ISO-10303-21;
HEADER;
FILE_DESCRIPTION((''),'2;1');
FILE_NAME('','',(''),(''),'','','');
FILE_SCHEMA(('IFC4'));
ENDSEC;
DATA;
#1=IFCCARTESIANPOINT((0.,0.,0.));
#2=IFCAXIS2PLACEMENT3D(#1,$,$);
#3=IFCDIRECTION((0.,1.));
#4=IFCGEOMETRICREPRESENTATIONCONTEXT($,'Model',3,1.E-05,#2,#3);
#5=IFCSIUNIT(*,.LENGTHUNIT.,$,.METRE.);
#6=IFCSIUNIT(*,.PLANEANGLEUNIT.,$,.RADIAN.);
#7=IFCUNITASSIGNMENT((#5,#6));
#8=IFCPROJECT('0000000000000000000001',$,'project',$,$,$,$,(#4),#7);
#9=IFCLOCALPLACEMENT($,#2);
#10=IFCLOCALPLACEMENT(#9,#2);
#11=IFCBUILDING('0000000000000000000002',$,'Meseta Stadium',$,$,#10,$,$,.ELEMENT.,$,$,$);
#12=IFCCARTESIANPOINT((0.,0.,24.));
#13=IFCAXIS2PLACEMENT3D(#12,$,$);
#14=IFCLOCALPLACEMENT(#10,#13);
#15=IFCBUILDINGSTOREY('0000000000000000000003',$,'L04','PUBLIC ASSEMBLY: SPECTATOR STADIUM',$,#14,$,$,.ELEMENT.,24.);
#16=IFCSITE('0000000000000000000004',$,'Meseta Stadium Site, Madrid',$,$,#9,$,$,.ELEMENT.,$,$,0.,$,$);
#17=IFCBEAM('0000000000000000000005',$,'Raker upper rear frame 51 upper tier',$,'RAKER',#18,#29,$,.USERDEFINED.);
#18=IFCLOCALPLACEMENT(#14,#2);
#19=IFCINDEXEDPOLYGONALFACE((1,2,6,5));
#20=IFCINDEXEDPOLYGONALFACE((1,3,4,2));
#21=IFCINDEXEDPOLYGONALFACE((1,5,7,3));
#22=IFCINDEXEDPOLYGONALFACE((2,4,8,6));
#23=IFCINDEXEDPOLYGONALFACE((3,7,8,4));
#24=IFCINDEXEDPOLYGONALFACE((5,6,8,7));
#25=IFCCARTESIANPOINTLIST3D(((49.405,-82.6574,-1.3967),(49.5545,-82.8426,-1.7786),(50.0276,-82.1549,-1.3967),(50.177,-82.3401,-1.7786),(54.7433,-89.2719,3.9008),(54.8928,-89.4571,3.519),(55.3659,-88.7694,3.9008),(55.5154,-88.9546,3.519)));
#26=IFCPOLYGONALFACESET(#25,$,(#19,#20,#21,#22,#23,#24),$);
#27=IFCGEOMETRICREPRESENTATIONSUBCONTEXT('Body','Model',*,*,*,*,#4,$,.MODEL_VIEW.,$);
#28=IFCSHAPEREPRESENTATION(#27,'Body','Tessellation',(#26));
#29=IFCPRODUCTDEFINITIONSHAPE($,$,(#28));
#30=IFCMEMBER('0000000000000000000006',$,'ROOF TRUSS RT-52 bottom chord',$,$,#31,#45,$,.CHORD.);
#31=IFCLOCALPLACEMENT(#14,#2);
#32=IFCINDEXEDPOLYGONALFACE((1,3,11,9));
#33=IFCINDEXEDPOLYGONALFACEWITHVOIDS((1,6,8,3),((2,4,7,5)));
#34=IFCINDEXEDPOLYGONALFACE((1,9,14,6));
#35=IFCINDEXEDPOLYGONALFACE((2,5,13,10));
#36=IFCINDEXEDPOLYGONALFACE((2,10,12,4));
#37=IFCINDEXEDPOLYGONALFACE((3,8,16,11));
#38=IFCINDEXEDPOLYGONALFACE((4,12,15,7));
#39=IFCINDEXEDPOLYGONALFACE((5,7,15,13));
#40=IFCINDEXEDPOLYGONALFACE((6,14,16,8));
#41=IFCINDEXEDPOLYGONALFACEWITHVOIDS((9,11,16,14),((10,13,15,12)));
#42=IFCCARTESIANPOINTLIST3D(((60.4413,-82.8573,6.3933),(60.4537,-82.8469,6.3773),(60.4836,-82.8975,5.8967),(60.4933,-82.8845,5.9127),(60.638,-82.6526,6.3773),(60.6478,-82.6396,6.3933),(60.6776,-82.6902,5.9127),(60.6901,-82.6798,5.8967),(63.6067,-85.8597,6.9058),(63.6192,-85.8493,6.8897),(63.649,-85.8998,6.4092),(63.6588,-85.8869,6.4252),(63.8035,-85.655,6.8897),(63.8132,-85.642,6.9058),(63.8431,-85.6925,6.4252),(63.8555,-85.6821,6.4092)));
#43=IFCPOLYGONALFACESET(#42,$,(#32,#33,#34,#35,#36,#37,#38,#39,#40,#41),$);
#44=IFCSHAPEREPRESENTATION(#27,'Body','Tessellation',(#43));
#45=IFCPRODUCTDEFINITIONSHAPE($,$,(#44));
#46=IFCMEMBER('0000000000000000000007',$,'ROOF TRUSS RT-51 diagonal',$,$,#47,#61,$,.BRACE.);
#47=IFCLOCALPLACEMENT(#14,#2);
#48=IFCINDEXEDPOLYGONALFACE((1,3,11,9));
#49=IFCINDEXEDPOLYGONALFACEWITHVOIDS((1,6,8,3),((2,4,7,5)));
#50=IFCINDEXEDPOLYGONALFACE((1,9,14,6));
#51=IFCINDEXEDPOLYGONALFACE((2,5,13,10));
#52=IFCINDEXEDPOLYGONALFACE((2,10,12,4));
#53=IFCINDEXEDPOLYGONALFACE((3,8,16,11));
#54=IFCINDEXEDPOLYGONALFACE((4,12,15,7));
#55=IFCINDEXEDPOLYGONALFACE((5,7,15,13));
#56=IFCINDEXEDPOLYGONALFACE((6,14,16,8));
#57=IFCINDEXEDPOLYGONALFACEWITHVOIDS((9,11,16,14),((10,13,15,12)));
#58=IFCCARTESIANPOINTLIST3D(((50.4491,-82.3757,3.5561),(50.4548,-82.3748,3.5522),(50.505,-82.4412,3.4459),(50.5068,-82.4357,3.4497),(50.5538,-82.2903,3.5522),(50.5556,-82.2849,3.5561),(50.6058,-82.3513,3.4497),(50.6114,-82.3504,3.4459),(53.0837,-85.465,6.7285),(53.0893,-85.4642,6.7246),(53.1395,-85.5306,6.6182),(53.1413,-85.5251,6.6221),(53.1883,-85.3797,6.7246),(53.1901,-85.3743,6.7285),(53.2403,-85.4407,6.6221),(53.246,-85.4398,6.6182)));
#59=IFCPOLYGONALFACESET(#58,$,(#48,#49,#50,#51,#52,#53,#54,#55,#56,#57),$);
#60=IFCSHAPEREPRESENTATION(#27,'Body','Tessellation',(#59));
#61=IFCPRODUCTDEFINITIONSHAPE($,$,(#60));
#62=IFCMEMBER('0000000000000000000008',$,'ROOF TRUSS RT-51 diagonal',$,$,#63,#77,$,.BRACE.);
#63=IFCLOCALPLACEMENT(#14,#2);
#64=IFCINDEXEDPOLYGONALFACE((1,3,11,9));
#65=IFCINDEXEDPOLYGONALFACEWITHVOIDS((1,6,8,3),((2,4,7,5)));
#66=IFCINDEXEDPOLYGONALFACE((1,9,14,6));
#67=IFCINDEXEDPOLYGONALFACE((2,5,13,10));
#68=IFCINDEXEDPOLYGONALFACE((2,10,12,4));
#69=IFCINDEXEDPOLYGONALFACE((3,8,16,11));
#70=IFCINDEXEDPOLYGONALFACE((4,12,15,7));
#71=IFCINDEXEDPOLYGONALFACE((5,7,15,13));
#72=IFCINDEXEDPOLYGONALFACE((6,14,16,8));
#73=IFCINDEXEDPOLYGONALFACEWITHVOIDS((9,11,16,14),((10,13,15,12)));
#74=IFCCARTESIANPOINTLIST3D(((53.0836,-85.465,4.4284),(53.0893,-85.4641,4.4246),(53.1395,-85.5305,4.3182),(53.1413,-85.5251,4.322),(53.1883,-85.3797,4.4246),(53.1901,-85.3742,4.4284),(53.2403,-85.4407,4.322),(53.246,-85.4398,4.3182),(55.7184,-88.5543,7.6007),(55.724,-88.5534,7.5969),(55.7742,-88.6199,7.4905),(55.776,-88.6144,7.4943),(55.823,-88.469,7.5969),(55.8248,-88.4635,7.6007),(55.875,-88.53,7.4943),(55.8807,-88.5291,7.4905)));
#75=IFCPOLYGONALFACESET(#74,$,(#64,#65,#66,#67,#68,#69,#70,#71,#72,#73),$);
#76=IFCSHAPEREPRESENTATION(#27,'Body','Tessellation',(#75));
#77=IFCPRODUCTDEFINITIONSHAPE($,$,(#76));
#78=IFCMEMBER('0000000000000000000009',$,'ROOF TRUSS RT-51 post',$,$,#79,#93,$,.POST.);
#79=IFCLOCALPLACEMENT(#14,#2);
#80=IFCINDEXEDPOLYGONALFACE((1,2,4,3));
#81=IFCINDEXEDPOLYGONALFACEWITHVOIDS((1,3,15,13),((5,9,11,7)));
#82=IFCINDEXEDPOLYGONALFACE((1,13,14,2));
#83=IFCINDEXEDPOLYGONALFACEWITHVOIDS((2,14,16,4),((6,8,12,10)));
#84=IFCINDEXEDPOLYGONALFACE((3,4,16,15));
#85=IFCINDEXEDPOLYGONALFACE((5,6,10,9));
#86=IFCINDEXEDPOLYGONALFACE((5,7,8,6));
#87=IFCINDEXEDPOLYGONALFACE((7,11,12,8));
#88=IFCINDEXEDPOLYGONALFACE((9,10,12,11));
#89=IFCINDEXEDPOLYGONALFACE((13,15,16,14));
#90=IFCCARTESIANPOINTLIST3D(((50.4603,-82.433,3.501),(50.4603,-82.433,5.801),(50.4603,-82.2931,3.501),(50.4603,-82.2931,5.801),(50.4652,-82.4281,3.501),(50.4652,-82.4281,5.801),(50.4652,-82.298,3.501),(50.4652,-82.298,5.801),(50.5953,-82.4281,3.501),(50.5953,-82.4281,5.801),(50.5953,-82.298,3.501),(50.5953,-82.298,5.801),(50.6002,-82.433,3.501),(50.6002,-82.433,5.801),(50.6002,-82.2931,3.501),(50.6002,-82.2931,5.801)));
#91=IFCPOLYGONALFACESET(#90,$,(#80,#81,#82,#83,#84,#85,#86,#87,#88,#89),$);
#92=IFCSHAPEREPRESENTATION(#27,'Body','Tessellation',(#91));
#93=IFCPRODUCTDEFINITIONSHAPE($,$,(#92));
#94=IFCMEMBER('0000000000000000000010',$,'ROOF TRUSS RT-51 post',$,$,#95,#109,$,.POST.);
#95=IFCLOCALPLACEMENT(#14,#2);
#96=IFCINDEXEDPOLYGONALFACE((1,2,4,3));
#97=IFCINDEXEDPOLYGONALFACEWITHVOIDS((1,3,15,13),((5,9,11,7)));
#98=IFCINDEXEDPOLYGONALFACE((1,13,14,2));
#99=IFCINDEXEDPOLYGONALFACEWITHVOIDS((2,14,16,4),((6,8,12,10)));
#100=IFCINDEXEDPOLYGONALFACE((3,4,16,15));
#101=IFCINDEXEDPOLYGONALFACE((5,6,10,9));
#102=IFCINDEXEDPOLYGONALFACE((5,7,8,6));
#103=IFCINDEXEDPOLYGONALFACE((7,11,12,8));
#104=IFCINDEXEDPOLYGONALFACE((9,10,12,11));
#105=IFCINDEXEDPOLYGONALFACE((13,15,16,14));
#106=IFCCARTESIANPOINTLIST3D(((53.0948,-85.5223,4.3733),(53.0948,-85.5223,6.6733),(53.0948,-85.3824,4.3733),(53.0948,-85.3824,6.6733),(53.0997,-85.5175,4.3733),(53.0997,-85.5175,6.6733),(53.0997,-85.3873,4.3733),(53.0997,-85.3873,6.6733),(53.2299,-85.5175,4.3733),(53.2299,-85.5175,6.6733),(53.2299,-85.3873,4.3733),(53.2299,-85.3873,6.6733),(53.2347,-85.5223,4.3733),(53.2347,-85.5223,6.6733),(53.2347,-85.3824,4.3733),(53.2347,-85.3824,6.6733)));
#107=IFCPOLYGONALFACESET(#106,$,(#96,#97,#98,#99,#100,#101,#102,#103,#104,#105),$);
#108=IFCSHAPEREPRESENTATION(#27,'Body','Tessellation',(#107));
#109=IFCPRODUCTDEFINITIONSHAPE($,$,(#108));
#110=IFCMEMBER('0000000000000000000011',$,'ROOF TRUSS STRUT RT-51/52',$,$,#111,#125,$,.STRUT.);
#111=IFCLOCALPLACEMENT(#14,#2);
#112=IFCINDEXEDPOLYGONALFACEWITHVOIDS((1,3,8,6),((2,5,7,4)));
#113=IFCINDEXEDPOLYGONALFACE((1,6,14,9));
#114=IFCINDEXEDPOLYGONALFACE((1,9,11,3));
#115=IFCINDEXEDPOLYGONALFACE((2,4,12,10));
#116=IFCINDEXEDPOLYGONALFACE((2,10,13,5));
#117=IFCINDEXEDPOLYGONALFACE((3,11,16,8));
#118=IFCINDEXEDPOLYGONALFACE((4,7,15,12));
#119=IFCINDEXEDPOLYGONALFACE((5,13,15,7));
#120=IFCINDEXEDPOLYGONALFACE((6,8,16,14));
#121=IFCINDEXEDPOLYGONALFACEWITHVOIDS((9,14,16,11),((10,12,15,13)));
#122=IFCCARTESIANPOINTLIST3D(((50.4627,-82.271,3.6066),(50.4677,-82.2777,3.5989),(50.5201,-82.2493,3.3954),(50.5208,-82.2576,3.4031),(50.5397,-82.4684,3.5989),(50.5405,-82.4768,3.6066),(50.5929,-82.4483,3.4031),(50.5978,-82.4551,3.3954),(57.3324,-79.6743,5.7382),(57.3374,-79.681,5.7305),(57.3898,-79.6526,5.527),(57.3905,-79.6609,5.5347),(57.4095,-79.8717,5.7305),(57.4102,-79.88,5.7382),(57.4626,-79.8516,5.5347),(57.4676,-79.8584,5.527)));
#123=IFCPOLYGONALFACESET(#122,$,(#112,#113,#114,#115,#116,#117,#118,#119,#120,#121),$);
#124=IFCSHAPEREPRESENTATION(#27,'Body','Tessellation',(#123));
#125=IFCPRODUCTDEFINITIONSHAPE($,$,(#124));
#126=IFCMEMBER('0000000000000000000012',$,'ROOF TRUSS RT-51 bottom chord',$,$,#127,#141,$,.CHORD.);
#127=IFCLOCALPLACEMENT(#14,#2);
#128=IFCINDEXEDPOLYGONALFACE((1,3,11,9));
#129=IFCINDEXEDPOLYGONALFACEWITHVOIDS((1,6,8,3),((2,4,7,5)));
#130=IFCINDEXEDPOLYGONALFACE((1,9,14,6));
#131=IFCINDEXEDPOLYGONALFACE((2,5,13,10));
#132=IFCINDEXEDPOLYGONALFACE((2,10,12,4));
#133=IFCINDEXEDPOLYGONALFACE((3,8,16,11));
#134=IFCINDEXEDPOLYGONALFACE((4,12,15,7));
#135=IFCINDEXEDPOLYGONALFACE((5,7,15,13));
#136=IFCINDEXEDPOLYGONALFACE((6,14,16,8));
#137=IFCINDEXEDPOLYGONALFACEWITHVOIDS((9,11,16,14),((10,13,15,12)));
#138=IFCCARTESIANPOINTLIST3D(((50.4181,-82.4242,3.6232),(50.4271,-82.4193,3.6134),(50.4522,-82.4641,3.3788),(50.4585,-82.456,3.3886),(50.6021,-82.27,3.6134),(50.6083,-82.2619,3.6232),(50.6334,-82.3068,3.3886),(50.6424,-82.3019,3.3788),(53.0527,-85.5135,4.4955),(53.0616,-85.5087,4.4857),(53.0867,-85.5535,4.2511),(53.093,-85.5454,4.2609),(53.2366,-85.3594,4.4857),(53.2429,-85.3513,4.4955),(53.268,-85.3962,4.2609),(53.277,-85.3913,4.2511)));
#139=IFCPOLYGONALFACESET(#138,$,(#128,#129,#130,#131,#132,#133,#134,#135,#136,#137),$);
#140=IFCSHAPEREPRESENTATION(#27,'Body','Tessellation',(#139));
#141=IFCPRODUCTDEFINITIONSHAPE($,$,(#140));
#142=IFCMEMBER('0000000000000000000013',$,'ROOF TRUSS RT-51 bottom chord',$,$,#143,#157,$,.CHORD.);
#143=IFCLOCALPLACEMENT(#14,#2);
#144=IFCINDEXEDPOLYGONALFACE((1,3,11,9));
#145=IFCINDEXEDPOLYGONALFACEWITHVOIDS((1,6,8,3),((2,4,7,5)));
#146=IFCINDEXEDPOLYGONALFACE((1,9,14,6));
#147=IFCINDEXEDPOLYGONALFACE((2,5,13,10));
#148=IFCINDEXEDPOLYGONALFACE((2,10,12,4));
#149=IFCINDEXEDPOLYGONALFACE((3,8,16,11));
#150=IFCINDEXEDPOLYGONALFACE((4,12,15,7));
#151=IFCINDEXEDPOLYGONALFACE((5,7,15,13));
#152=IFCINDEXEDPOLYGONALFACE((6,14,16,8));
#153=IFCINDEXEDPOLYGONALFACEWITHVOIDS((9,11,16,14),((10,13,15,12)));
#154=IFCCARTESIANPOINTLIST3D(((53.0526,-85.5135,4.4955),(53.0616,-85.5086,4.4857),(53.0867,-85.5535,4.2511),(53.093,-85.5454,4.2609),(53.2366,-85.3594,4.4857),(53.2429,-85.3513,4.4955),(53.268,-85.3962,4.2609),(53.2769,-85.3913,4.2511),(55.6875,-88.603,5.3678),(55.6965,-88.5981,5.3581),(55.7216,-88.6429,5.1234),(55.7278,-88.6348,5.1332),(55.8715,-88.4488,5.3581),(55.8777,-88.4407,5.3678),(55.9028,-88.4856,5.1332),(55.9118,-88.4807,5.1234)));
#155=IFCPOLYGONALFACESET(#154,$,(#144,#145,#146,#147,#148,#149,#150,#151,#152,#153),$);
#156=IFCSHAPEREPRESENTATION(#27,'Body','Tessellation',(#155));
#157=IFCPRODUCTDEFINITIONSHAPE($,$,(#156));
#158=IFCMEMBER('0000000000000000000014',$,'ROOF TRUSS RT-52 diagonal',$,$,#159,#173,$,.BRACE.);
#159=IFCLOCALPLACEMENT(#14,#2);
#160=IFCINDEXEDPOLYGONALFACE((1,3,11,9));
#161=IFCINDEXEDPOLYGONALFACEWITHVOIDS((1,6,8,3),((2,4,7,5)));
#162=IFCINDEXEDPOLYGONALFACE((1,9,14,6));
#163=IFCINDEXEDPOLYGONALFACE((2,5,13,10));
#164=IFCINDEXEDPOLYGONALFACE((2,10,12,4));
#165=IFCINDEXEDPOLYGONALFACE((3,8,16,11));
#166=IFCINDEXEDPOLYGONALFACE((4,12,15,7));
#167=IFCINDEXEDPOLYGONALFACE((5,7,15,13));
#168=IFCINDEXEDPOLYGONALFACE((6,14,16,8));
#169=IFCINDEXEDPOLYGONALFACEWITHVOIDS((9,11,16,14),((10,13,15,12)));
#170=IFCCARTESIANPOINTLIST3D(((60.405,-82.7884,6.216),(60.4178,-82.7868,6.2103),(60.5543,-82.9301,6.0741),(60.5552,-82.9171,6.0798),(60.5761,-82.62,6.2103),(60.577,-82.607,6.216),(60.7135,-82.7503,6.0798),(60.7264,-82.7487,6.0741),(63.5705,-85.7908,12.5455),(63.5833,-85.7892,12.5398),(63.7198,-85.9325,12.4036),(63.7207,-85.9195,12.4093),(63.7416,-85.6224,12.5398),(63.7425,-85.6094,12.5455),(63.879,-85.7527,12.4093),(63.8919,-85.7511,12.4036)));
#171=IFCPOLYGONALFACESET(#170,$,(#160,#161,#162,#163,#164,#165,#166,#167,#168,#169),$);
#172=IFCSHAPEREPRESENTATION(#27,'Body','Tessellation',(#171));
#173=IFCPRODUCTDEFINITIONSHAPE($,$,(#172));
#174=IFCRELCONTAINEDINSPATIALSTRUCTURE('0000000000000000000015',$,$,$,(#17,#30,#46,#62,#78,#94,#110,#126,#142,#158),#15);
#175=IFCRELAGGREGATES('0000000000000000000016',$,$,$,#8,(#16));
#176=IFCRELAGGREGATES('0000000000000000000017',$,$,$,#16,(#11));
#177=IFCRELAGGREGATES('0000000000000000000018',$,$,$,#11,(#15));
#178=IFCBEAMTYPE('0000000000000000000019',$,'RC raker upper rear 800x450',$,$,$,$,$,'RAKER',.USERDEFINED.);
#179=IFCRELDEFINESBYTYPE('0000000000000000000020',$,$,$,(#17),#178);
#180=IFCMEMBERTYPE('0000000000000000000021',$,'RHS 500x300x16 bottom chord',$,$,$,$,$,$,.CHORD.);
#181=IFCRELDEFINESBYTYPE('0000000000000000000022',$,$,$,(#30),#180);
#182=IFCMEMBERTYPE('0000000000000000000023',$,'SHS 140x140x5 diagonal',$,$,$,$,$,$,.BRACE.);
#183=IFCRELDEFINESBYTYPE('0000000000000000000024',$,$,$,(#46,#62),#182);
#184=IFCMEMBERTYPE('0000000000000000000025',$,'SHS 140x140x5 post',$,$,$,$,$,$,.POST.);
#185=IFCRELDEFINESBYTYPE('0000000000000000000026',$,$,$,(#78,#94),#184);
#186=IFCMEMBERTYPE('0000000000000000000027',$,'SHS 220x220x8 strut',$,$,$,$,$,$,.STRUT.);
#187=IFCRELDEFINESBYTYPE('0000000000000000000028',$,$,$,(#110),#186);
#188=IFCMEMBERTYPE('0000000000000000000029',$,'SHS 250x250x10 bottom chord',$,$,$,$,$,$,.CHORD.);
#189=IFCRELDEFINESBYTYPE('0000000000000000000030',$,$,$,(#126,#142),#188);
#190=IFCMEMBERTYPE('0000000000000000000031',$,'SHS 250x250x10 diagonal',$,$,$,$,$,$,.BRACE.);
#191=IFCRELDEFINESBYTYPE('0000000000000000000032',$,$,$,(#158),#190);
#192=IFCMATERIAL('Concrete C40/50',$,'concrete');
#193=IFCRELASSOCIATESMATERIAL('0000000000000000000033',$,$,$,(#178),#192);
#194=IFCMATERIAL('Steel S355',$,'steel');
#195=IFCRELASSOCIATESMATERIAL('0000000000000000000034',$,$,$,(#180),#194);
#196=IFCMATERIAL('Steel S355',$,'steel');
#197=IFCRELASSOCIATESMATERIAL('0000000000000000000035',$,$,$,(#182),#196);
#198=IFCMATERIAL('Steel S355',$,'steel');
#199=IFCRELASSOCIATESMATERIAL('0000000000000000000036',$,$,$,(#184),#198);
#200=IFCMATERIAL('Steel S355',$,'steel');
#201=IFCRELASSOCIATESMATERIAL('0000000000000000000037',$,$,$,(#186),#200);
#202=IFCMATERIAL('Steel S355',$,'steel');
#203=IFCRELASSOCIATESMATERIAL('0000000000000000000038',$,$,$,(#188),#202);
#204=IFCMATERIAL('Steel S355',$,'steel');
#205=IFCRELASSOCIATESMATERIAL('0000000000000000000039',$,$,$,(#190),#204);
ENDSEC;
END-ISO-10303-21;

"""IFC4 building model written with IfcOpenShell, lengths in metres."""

from ifc_helpers import new_model, si_unit, direction, frame, origin, origin_2d, place, context, subcontext, project, spatial, rectangle, hollow_rectangle, extrude, material, material_profile, profile_set, type_object, element, save


model = new_model("IFC4")

# Units and contexts
model_context = context("Model", 3, precision=1e-05, world=origin(), true_north=direction((0.0, 1.0)))
body_context = subcontext(model_context, "Body", "Model", "MODEL_VIEW")
ifc_project = project(units=[si_unit("LENGTHUNIT", "METRE"), si_unit("PLANEANGLEUNIT", "RADIAN")], contexts=[model_context])

# Site, building, storey
site_placement = place(None, origin())
site = spatial("IfcSite", under=ifc_project, at=site_placement, Name="Meseta Stadium Site, Madrid", CompositionType="ELEMENT", RefElevation=0.0)
building_placement = place(site_placement, origin())
building = spatial("IfcBuilding", under=site, at=building_placement, Name="Meseta Stadium", CompositionType="ELEMENT")
storey_placement = place(building_placement, frame((0.0, 0.0, 24.0)))
storey = spatial("IfcBuildingStorey", under=building, at=storey_placement, Name="L04", Description="PUBLIC ASSEMBLY: SPECTATOR STADIUM", CompositionType="ELEMENT", Elevation=24.0)

# Beam
ifc_material_1 = material(Name="Concrete C40/50", Category="concrete")
ifc_material_profile_1 = material_profile(ifc_material_1, rectangle(XDim=0.8, YDim=0.45, at=origin_2d()), Name="RC 800x450")
ifc_profile_set_1 = profile_set([ifc_material_profile_1], Name="Concrete C40/50")
beam_type = type_object("IfcBeamType", Name="RC raker upper rear 800x450", ElementType="RAKER", PredefinedType="USERDEFINED", material=ifc_profile_set_1)
beam_placement = place(storey_placement, frame((49.791, -82.4988, -1.5876), z_axis=(0.533, -0.660412, 0.528929), x_axis=(0.778177, 0.628045, 0.0)))
element("IfcBeam", 1, at=beam_placement, inside=storey, type_object=beam_type, Name="Raker upper rear frame 51 upper tier", ObjectType="RAKER", PredefinedType="USERDEFINED", context=body_context, shape_type="SweptSolid", body=[
    extrude(rectangle(XDim=0.8, YDim=0.45, at=origin_2d()), origin(), (0.0, 0.0, 1.0), 10.0156),
])

# Members
ifc_material_2 = material(Name="Steel S355", Category="steel")
ifc_material_profile_2 = material_profile(ifc_material_2, hollow_rectangle(XDim=0.3, YDim=0.5, WallThickness=0.0161, at=origin_2d()), Name="RHS 500x300x16")
ifc_profile_set_2 = profile_set([ifc_material_profile_2], Name="Steel S355")
member_type_1 = type_object("IfcMemberType", Name="RHS 500x300x16 bottom chord", PredefinedType="CHORD", material=ifc_profile_set_2)
member_1_placement = place(storey_placement, frame((60.5657, -82.7686, 6.145), z_axis=(0.720596, -0.683471, 0.116654), x_axis=(0.68817, 0.72555, 0.0)))
element("IfcMember", 2, at=member_1_placement, inside=storey, type_object=member_type_1, Name="ROOF TRUSS RT-52 bottom chord", PredefinedType="CHORD", context=body_context, shape_type="SweptSolid", body=[
    extrude(hollow_rectangle(XDim=0.3, YDim=0.5, WallThickness=0.0161, at=origin_2d()), origin(), (0.0, 0.0, 1.0), 4.3928),
])
ifc_material_3 = material(Name="Steel S355", Category="steel")
ifc_material_profile_3 = material_profile(ifc_material_3, hollow_rectangle(XDim=0.1399, YDim=0.1399, WallThickness=0.0049, at=origin_2d()), Name="SHS 140x140x5")
ifc_profile_set_3 = profile_set([ifc_material_profile_3], Name="Steel S355")
member_type_2 = type_object("IfcMemberType", Name="SHS 140x140x5 diagonal", PredefinedType="BRACE", material=ifc_profile_set_3)
for number, where, z_axis, x_axis, name in (
    (3, (50.5303, -82.363, 3.501), (0.511305, -0.599579, 0.615689), (0.760897, 0.648873, 0.0), "ROOF TRUSS RT-51 diagonal"),
    (4, (53.1648, -85.4524, 4.3733), (0.51134, -0.599564, 0.615674), (0.760867, 0.648908, 0.0), "ROOF TRUSS RT-51 diagonal"),
):
    element("IfcMember", number, at=place(storey_placement, frame(where, z_axis=z_axis, x_axis=x_axis)), inside=storey, type_object=member_type_2, Name=name, PredefinedType="BRACE", context=body_context, shape_type="SweptSolid", body=[
        extrude(hollow_rectangle(XDim=0.1399, YDim=0.1399, WallThickness=0.0049, at=origin_2d()), origin(), (0.0, 0.0, 1.0), 5.1526),
    ])
ifc_material_4 = material(Name="Steel S355", Category="steel")
ifc_material_profile_4 = material_profile(ifc_material_4, hollow_rectangle(XDim=0.1399, YDim=0.1399, WallThickness=0.0049, at=origin_2d()), Name="SHS 140x140x5")
ifc_profile_set_4 = profile_set([ifc_material_profile_4], Name="Steel S355")
member_type_3 = type_object("IfcMemberType", Name="SHS 140x140x5 post", PredefinedType="POST", material=ifc_profile_set_4)
for number, where, z_axis, x_axis, name in (
    (5, (50.5303, -82.363, 3.501), (0.0, 0.0, 1.0), (1.0, 0.0, 0.0), "ROOF TRUSS RT-51 post"),
    (6, (53.1648, -85.4524, 4.3733), (0.0, 0.0, 1.0), (1.0, 0.0, 0.0), "ROOF TRUSS RT-51 post"),
):
    element("IfcMember", number, at=place(storey_placement, frame(where, z_axis=z_axis, x_axis=x_axis)), inside=storey, type_object=member_type_3, Name=name, PredefinedType="POST", context=body_context, shape_type="SweptSolid", body=[
        extrude(hollow_rectangle(XDim=0.1399, YDim=0.1399, WallThickness=0.0049, at=origin_2d()), origin(), (0.0, 0.0, 1.0), 2.3),
    ])
ifc_material_5 = material(Name="Steel S355", Category="steel")
ifc_material_profile_5 = material_profile(ifc_material_5, hollow_rectangle(XDim=0.22, YDim=0.22, WallThickness=0.0081, at=origin_2d()), Name="SHS 220x220x8")
ifc_profile_set_5 = profile_set([ifc_material_profile_5], Name="Steel S355")
member_type_4 = type_object("IfcMemberType", Name="SHS 220x220x8 strut", PredefinedType="STRUT", material=ifc_profile_set_5)
member_2_placement = place(storey_placement, frame((50.5303, -82.363, 3.501), z_axis=(0.898331, 0.339564, 0.278745), x_axis=(-0.353578, 0.935405, 0.0)))
element("IfcMember", 7, at=member_2_placement, inside=storey, type_object=member_type_4, Name="ROOF TRUSS STRUT RT-51/52", PredefinedType="STRUT", context=body_context, shape_type="SweptSolid", body=[
    extrude(hollow_rectangle(XDim=0.22, YDim=0.22, WallThickness=0.0081, at=origin_2d()), origin(), (0.0, 0.0, 1.0), 7.6472),
])
ifc_material_6 = material(Name="Steel S355", Category="steel")
ifc_material_profile_6 = material_profile(ifc_material_6, hollow_rectangle(XDim=0.25, YDim=0.25, WallThickness=0.01, at=origin_2d()), Name="SHS 250x250x10")
ifc_profile_set_6 = profile_set([ifc_material_profile_6], Name="Steel S355")
member_type_5 = type_object("IfcMemberType", Name="SHS 250x250x10 bottom chord", PredefinedType="CHORD", material=ifc_profile_set_6)
member_3_placement = place(storey_placement, frame((50.5303, -82.363, 3.501), z_axis=(0.634396, -0.743921, 0.210054), x_axis=(0.760897, 0.648873, 0.0)))
element("IfcMember", 8, at=member_3_placement, inside=storey, type_object=member_type_5, Name="ROOF TRUSS RT-51 bottom chord", PredefinedType="CHORD", context=body_context, shape_type="SweptSolid", body=[
    extrude(hollow_rectangle(XDim=0.25, YDim=0.25, WallThickness=0.01, at=origin_2d()), origin(), (0.0, 0.0, 1.0), 4.1528),
])
member_4_placement = place(storey_placement, frame((53.1648, -85.4524, 4.3733), z_axis=(0.634431, -0.743893, 0.210047), x_axis=(0.760867, 0.648908, 0.0)))
element("IfcMember", 9, at=member_4_placement, inside=storey, type_object=member_type_5, Name="ROOF TRUSS RT-51 bottom chord", PredefinedType="CHORD", context=body_context, shape_type="SweptSolid", body=[
    extrude(hollow_rectangle(XDim=0.25, YDim=0.25, WallThickness=0.01, at=origin_2d()), origin(), (0.0, 0.0, 1.0), 4.1531),
])
ifc_material_7 = material(Name="Steel S355", Category="steel")
ifc_material_profile_7 = material_profile(ifc_material_7, hollow_rectangle(XDim=0.25, YDim=0.25, WallThickness=0.01, at=origin_2d()), Name="SHS 250x250x10")
ifc_profile_set_7 = profile_set([ifc_material_profile_7], Name="Steel S355")
member_type_6 = type_object("IfcMemberType", Name="SHS 250x250x10 diagonal", PredefinedType="BRACE", material=ifc_profile_set_7)
member_5_placement = place(storey_placement, frame((60.5657, -82.7686, 6.145), z_axis=(0.411771, -0.390557, 0.823352), x_axis=(0.68817, 0.72555, 0.0)))
element("IfcMember", 10, at=member_5_placement, inside=storey, type_object=member_type_6, Name="ROOF TRUSS RT-52 diagonal", PredefinedType="BRACE", context=body_context, shape_type="SweptSolid", body=[
    extrude(hollow_rectangle(XDim=0.25, YDim=0.25, WallThickness=0.01, at=origin_2d()), origin(), (0.0, 0.0, 1.0), 7.6875),
])

save(model, "model.ifc")
